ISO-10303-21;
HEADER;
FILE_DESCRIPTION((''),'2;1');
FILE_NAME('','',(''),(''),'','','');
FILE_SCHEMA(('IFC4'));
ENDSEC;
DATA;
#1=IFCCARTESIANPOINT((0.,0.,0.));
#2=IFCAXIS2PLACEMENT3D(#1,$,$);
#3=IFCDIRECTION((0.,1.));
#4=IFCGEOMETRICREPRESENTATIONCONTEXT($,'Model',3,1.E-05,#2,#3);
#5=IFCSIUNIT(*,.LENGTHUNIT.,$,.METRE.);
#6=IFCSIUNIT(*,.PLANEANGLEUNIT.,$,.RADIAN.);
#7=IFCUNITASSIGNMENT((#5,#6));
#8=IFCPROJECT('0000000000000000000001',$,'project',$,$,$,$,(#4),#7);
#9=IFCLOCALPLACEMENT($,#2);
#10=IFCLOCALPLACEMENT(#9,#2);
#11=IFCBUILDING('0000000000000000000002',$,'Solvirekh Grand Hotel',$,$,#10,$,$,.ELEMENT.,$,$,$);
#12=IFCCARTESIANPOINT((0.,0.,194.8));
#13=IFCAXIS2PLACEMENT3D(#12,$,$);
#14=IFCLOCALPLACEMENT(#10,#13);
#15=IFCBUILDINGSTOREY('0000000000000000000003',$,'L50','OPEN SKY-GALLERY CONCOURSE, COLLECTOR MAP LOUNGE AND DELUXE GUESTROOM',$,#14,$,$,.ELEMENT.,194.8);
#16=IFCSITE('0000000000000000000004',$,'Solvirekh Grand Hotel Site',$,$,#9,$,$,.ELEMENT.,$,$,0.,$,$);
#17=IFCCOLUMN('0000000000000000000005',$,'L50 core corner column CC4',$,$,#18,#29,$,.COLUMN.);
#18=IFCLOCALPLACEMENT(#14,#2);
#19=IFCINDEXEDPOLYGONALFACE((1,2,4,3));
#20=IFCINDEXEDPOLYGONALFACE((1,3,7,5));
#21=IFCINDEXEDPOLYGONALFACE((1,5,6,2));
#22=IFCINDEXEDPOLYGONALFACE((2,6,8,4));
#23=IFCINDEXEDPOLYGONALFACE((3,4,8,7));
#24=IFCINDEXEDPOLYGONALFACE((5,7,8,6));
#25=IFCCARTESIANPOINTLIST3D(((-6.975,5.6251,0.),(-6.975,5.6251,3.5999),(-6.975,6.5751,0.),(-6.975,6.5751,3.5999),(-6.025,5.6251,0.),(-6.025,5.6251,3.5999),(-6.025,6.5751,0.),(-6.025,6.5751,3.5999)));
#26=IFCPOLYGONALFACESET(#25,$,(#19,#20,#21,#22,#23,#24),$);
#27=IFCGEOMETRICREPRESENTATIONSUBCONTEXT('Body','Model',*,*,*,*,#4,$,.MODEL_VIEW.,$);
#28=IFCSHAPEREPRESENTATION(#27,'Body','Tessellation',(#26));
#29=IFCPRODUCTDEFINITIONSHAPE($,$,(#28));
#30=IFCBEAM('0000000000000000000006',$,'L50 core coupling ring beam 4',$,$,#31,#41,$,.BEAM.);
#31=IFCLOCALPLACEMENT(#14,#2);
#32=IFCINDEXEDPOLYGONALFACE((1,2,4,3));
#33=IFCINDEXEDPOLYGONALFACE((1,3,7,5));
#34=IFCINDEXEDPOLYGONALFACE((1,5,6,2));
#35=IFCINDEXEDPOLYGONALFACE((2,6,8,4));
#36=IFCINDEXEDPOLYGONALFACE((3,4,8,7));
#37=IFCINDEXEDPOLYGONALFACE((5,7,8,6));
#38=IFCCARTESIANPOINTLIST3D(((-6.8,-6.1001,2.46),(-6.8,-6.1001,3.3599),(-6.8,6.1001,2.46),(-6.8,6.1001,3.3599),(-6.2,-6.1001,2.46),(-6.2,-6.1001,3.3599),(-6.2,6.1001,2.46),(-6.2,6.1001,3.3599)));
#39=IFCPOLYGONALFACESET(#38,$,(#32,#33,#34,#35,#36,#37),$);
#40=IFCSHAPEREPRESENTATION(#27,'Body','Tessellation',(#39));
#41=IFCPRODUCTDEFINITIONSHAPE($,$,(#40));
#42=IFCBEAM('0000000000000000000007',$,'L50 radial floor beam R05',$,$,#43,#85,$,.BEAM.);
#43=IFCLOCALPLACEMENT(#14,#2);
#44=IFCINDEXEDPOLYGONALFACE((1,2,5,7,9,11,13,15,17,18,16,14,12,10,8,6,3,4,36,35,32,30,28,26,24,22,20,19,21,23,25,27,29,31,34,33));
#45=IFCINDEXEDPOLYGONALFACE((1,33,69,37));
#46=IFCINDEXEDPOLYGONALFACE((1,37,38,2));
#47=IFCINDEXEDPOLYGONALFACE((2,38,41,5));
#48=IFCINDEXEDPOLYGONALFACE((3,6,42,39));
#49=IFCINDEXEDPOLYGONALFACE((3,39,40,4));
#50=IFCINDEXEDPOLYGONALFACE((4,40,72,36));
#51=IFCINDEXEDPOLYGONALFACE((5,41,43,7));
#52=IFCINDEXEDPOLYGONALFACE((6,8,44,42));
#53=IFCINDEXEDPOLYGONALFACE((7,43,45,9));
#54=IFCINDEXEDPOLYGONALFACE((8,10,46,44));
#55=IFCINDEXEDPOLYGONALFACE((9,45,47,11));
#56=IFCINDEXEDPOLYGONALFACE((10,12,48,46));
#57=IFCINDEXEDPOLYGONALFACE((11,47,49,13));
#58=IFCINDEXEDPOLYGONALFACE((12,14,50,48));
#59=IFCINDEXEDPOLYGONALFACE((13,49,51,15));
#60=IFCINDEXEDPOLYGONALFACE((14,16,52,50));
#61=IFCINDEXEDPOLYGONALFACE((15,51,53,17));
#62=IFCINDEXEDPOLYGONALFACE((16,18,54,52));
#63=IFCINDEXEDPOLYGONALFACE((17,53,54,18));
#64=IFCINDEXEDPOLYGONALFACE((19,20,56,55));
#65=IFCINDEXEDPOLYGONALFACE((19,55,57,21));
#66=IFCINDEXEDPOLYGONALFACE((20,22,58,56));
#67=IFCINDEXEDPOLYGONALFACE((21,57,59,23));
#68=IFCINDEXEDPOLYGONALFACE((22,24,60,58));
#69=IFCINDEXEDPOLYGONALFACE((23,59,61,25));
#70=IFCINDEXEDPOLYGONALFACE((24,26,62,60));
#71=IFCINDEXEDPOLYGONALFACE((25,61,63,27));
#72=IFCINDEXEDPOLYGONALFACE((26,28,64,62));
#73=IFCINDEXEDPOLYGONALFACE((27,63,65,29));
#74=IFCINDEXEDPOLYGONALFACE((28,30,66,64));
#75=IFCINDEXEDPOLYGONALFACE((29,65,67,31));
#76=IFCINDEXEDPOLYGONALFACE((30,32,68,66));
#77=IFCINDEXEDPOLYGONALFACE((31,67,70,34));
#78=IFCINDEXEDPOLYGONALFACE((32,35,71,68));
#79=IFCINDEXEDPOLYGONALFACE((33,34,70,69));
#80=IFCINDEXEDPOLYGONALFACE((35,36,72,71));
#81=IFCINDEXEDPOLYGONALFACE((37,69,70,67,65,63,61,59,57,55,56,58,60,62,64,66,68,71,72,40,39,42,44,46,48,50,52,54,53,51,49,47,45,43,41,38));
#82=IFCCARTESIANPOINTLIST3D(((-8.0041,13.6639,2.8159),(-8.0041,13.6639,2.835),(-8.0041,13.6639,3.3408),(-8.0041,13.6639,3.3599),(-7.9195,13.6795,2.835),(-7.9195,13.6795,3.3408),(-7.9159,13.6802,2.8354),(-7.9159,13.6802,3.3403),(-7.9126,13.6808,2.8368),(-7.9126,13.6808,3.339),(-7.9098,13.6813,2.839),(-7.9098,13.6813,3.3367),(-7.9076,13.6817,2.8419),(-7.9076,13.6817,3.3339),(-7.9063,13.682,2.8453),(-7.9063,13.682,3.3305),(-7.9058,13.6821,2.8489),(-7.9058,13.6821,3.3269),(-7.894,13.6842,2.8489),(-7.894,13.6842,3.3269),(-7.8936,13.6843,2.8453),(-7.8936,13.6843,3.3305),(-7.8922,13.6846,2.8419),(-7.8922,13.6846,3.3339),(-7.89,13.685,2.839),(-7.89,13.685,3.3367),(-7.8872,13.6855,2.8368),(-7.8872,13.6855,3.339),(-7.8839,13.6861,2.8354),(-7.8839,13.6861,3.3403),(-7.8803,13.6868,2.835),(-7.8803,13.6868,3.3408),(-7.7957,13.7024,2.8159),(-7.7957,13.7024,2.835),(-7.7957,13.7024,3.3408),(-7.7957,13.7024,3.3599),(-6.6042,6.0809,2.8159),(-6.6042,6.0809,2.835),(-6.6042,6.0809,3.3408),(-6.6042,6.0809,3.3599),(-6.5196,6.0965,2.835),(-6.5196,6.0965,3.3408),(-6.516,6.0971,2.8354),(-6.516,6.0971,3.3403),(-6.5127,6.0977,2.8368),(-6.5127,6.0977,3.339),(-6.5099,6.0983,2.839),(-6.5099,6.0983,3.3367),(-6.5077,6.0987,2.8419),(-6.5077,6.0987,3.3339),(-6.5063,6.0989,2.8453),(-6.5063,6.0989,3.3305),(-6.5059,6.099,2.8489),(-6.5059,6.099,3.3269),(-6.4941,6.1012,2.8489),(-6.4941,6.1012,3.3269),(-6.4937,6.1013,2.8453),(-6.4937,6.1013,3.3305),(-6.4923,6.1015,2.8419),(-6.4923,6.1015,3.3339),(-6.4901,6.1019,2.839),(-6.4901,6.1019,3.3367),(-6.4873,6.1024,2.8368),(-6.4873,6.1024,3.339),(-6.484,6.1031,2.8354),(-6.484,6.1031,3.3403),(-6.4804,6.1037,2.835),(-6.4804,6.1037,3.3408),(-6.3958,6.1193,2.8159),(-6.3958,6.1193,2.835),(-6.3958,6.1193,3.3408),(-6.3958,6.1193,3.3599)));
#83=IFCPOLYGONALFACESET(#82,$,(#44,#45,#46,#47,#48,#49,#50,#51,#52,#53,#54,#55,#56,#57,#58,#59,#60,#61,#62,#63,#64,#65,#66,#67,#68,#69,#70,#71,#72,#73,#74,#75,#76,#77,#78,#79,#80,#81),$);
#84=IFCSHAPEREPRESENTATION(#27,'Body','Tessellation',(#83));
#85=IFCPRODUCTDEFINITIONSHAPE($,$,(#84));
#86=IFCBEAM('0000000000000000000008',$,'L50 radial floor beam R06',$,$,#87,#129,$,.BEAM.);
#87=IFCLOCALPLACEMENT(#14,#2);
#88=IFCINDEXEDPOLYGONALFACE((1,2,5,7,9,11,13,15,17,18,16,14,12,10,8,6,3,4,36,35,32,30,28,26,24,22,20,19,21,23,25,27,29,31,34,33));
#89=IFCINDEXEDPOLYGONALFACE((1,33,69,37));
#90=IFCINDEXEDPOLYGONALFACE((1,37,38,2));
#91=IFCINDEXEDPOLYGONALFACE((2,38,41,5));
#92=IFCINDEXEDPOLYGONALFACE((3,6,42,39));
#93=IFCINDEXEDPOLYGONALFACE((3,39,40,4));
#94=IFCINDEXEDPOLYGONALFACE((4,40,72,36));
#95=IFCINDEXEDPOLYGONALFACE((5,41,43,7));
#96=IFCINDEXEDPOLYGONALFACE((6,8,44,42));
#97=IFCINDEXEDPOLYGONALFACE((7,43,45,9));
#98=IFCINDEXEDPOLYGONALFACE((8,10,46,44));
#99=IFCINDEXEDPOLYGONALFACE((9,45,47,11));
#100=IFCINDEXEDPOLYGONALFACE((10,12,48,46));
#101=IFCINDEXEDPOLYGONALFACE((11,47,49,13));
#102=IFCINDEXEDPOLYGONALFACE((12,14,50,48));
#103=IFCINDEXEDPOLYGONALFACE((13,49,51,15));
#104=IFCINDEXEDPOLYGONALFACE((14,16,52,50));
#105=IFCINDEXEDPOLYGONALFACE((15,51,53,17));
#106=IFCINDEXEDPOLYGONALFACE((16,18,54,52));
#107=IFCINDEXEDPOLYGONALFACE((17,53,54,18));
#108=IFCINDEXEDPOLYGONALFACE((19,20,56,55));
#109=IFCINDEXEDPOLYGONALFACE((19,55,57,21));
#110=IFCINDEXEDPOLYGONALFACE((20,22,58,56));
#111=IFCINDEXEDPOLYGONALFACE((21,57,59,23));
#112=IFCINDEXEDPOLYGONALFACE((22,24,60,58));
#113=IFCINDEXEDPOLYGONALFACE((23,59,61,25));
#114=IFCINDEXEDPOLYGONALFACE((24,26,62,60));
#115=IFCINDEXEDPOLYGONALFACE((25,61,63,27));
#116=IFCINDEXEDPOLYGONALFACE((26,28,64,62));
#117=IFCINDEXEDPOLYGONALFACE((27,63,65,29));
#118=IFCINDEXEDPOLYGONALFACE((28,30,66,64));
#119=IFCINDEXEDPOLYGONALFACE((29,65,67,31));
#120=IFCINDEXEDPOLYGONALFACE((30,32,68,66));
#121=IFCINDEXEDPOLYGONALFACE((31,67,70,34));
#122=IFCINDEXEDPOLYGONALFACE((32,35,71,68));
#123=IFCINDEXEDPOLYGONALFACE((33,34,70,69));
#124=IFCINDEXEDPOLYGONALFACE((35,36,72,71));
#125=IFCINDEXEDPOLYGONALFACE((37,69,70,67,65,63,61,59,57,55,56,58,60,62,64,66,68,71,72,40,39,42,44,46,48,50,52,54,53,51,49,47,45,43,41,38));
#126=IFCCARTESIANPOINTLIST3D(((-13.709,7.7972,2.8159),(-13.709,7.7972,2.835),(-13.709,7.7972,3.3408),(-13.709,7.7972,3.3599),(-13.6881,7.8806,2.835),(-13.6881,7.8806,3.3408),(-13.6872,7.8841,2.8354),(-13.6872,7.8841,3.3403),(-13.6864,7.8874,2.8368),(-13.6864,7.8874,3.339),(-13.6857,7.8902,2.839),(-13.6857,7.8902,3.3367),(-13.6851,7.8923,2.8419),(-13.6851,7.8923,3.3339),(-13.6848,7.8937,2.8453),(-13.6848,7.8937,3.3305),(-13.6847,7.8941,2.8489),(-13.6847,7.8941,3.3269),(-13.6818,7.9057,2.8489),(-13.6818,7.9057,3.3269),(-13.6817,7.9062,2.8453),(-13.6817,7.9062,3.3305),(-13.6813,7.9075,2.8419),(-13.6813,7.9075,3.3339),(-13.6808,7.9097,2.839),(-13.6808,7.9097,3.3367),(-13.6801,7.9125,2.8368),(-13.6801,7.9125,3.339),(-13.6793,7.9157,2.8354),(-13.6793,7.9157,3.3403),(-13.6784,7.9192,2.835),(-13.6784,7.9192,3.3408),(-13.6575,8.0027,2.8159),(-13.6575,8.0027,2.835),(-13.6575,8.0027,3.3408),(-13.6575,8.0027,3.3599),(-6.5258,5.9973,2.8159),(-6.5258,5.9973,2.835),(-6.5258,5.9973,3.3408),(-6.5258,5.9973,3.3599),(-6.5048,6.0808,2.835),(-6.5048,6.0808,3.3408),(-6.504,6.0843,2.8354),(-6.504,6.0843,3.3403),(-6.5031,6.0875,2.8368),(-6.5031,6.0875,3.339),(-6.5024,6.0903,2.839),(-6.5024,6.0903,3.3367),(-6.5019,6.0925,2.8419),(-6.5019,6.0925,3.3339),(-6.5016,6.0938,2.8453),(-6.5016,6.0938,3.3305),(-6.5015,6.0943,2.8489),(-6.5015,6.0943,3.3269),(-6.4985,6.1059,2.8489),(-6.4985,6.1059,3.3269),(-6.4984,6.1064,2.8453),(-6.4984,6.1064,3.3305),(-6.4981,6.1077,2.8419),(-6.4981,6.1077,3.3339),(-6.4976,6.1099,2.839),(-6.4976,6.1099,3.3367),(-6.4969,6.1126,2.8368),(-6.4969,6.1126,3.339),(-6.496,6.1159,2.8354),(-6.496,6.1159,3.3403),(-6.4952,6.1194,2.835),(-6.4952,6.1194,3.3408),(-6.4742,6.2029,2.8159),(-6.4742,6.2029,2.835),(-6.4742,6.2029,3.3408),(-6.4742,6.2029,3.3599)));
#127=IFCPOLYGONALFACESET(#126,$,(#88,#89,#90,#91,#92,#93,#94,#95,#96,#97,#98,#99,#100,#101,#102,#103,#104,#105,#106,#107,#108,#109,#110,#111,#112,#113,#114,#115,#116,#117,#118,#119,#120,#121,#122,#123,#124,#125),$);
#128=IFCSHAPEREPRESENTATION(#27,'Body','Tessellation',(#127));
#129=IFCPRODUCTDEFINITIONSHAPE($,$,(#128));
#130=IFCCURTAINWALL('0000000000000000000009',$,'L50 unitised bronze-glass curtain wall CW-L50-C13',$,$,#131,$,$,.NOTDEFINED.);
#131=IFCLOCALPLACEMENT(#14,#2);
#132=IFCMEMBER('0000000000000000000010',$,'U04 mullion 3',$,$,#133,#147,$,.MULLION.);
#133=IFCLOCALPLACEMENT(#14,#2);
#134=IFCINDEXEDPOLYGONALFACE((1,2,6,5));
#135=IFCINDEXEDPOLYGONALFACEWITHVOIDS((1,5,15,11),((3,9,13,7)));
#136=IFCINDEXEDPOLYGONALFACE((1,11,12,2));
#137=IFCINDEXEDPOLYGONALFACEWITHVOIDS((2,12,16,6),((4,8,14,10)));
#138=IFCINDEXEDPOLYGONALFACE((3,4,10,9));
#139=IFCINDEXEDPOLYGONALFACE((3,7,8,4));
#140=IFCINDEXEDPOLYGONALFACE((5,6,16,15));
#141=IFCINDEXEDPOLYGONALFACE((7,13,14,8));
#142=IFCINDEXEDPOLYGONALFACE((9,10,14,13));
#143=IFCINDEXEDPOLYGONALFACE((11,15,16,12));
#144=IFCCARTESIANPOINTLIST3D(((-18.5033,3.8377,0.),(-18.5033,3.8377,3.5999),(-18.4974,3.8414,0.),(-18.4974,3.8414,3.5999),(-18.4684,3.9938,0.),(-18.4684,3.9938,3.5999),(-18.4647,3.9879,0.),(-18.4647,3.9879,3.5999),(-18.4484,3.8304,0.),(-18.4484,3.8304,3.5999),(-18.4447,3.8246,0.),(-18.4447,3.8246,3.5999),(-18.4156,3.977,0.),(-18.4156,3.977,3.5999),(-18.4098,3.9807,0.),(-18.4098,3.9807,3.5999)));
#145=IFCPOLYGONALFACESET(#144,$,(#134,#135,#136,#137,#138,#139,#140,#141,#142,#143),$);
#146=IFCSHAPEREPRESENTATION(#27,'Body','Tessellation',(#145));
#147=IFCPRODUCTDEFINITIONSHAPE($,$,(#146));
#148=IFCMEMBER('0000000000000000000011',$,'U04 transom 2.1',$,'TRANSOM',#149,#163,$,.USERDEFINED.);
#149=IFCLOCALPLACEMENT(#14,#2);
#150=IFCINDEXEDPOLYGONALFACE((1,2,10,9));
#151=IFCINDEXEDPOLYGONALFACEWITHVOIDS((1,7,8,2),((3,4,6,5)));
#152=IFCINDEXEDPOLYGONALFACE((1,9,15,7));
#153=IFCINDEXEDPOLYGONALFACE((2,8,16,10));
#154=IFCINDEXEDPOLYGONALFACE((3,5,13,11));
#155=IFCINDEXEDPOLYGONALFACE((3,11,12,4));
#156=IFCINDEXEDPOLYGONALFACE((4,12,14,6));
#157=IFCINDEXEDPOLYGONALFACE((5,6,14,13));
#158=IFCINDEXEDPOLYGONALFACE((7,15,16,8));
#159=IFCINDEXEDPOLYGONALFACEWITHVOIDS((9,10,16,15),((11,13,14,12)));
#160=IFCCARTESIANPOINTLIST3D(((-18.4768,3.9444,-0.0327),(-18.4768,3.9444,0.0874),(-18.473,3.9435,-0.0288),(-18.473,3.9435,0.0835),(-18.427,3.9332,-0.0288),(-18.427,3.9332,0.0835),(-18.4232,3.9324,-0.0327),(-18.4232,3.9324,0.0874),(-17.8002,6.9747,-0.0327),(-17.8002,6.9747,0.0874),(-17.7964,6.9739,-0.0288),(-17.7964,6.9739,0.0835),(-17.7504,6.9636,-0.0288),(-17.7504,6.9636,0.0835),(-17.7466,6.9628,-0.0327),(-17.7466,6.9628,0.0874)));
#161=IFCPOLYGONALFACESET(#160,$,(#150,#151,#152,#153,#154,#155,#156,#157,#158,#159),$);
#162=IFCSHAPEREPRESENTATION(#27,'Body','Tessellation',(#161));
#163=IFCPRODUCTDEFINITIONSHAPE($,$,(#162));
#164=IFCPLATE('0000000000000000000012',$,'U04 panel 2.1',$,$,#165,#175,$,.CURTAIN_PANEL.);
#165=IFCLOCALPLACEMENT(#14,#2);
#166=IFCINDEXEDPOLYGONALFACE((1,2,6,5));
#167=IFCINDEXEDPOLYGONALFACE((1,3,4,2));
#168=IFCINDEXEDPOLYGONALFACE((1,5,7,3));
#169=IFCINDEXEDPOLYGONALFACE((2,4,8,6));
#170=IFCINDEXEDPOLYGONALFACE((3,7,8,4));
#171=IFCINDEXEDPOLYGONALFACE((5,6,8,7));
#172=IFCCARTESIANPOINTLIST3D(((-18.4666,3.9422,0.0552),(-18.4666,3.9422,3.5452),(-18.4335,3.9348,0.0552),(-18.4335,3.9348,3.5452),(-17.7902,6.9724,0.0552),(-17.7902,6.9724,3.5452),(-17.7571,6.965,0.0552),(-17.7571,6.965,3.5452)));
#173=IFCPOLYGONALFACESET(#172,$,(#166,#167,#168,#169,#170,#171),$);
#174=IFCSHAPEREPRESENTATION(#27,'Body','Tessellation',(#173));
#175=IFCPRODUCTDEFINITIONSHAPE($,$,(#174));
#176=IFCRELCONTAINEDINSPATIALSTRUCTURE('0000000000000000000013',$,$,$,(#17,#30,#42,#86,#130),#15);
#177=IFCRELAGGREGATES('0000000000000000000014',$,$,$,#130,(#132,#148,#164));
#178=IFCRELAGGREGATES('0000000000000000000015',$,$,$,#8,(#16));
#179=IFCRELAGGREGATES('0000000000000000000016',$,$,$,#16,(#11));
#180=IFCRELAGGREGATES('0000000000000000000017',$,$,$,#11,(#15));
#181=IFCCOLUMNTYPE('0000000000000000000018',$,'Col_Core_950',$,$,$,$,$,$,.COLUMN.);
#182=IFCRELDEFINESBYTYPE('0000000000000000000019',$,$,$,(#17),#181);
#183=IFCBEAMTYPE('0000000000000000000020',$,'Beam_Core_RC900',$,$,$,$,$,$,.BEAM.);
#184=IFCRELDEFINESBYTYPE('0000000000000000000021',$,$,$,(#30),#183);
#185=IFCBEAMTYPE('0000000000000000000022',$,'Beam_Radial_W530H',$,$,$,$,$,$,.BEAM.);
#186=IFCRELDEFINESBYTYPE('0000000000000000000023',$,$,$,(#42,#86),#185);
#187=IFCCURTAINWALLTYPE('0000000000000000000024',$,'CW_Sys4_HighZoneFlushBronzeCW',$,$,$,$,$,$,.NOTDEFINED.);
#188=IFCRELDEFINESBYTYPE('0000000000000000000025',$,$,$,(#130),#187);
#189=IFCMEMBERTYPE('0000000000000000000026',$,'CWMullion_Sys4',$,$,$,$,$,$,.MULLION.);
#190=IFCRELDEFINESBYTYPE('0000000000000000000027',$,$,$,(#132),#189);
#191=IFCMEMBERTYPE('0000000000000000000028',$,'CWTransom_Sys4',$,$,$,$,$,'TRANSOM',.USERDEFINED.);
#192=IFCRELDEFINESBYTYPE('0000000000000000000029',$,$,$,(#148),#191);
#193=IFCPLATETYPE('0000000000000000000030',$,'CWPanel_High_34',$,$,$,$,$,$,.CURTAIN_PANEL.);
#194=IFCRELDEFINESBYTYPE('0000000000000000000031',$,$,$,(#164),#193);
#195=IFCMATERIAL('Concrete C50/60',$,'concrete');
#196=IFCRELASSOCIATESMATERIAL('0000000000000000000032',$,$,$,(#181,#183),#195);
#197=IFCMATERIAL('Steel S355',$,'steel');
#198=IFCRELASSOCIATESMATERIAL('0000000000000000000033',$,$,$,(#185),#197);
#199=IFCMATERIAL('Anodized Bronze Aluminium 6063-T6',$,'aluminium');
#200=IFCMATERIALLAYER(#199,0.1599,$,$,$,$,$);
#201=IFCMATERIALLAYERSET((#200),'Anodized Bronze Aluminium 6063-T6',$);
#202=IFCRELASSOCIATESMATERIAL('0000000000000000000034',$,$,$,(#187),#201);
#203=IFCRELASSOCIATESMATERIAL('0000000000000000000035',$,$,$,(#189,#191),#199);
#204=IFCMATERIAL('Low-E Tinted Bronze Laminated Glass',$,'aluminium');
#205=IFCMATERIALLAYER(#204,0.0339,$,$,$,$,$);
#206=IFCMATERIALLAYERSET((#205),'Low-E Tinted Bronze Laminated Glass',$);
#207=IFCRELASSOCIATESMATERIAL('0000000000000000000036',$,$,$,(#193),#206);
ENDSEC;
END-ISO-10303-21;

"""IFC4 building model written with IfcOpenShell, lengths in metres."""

from ifc_helpers import new_model, si_unit, direction, frame, origin, origin_2d, place, context, subcontext, project, spatial, rectangle, hollow_rectangle, i_section, extrude, source, transform, mapped, material, layer, layer_set, material_profile, profile_set, type_object, element, aggregate, save


model = new_model("IFC4")

# Units and contexts
model_context = context("Model", 3, precision=1e-05, world=origin(), true_north=direction((0.0, 1.0)))
body_context = subcontext(model_context, "Body", "Model", "MODEL_VIEW")
ifc_project = project(units=[si_unit("LENGTHUNIT", "METRE"), si_unit("PLANEANGLEUNIT", "RADIAN")], contexts=[model_context])

# Site, building, storey
site_placement = place(None, origin())
site = spatial("IfcSite", under=ifc_project, at=site_placement, Name="Solvirekh Grand Hotel Site", CompositionType="ELEMENT", RefElevation=0.0)
building_placement = place(site_placement, origin())
building = spatial("IfcBuilding", under=site, at=building_placement, Name="Solvirekh Grand Hotel", CompositionType="ELEMENT")
storey_placement = place(building_placement, frame((0.0, 0.0, 194.8)))
storey = spatial("IfcBuildingStorey", under=building, at=storey_placement, Name="L50", Description="OPEN SKY-GALLERY CONCOURSE, COLLECTOR MAP LOUNGE AND DELUXE GUESTROOM", CompositionType="ELEMENT", Elevation=194.8)

# Column
ifc_material_1 = material(Name="Concrete C50/60", Category="concrete")
ifc_material_profile_1 = material_profile(ifc_material_1, rectangle(XDim=0.95, YDim=0.95, at=origin_2d()), Name="RC 950X950")
ifc_profile_set_1 = profile_set([ifc_material_profile_1], Name="Concrete C50/60")
column_type = type_object("IfcColumnType", Name="Col_Core_950", PredefinedType="COLUMN", material=ifc_profile_set_1)
column_placement = place(storey_placement, frame((-6.5, 6.1001, 0.0), z_axis=(0.0, 0.0, 1.0), x_axis=(1.0, 0.0, 0.0)))
element("IfcColumn", 1, at=column_placement, inside=storey, type_object=column_type, Name="L50 core corner column CC4", PredefinedType="COLUMN", context=body_context, shape_type="SweptSolid", body=[
    extrude(rectangle(XDim=0.95, YDim=0.95, at=origin_2d()), origin(), (0.0, 0.0, 1.0), 3.5999),
])

# Beams
ifc_material_profile_2 = material_profile(ifc_material_1, rectangle(XDim=0.6001, YDim=0.8999, at=origin_2d()), Name="RC BEAM 600X900")
ifc_profile_set_2 = profile_set([ifc_material_profile_2], Name="Concrete C50/60")
beam_type_1 = type_object("IfcBeamType", Name="Beam_Core_RC900", PredefinedType="BEAM", material=ifc_profile_set_2)
beam_1_placement = place(storey_placement, frame((-6.5, 6.1001, 2.9099), z_axis=(0.0, -1.0, 0.0), x_axis=(1.0, 0.0, 0.0)))
element("IfcBeam", 2, at=beam_1_placement, inside=storey, type_object=beam_type_1, Name="L50 core coupling ring beam 4", PredefinedType="BEAM", context=body_context, shape_type="SweptSolid", body=[
    extrude(rectangle(XDim=0.6001, YDim=0.8999, at=origin_2d()), origin(), (0.0, 0.0, 1.0), 12.2002),
])
ifc_material_2 = material(Name="Steel S355", Category="steel")
ifc_material_profile_3 = material_profile(ifc_material_2, i_section(OverallWidth=0.2119, OverallDepth=0.5439, WebThickness=0.012, FlangeThickness=0.019, FilletRadius=0.0139, at=origin_2d()), Name="W530X123")
ifc_profile_set_3 = profile_set([ifc_material_profile_3], Name="Steel S355")
beam_type_2 = type_object("IfcBeamType", Name="Beam_Radial_W530H", PredefinedType="BEAM", material=ifc_profile_set_3)
beam_2_placement = place(storey_placement, frame((-6.5, 6.1001, 3.0879), z_axis=(-0.181543, 0.983383, 0.0), x_axis=(-0.983383, -0.181543, 0.0)))
element("IfcBeam", 3, at=beam_2_placement, inside=storey, type_object=beam_type_2, Name="L50 radial floor beam R05", PredefinedType="BEAM", context=body_context, shape_type="SweptSolid", body=[
    extrude(i_section(OverallWidth=0.2119, OverallDepth=0.5439, WebThickness=0.012, FlangeThickness=0.019, FilletRadius=0.0139, at=origin_2d()), origin(), (0.0, 0.0, 1.0), 7.7112),
])
beam_3_placement = place(storey_placement, frame((-6.5, 6.1001, 3.0879), z_axis=(-0.970014, 0.243048, 0.0), x_axis=(-0.243048, -0.970014, 0.0)))
element("IfcBeam", 4, at=beam_3_placement, inside=storey, type_object=beam_type_2, Name="L50 radial floor beam R06", PredefinedType="BEAM", context=body_context, shape_type="SweptSolid", body=[
    extrude(i_section(OverallWidth=0.2119, OverallDepth=0.5439, WebThickness=0.012, FlangeThickness=0.019, FilletRadius=0.0139, at=origin_2d()), origin(), (0.0, 0.0, 1.0), 7.4053),
])

# Curtain wall, members, plate
ifc_material_3 = material(Name="Anodized Bronze Aluminium 6063-T6", Category="aluminium")
ifc_layer_1 = layer(ifc_material_3, 0.1599)
ifc_layer_set_1 = layer_set([ifc_layer_1], Name="Anodized Bronze Aluminium 6063-T6")
curtain_wall_type = type_object("IfcCurtainWallType", Name="CW_Sys4_HighZoneFlushBronzeCW", PredefinedType="NOTDEFINED", material=ifc_layer_set_1)
curtain_wall_placement = place(storey_placement, origin())
curtain_wall = element("IfcCurtainWall", 5, at=curtain_wall_placement, inside=storey, type_object=curtain_wall_type, Name="L50 unitised bronze-glass curtain wall CW-L50-C13", PredefinedType="NOTDEFINED")
ifc_material_profile_4 = material_profile(ifc_material_3, hollow_rectangle(XDim=0.0601, YDim=0.1599, WallThickness=0.0049, at=origin_2d()), Name="ALU RHS 160X60X5")
ifc_profile_set_4 = profile_set([ifc_material_profile_4], Name="Anodized Bronze Aluminium 6063-T6")
member_type_1 = type_object("IfcMemberType", Name="CWMullion_Sys4", PredefinedType="MULLION", material=ifc_profile_set_4)
shared_shape_1 = source(origin(), body_context, "Body", "SweptSolid", [
    extrude(hollow_rectangle(XDim=0.0601, YDim=0.1599, WallThickness=0.0049, at=origin_2d()), origin(), (0.0, 0.0, 1.0), 3.5999),
])
member_1_placement = place(storey_placement, frame((-18.4565, 3.9092, 0.0), z_axis=(0.0, 0.0, 1.0), x_axis=(0.97598, -0.217858, 0.0)))
member_1 = element("IfcMember", 6, at=member_1_placement, type_object=member_type_1, Name="U04 mullion 3", PredefinedType="MULLION", context=body_context, shape_type="MappedRepresentation", body=[
    mapped(shared_shape_1, transform((0.0, 0.0, 0.0), x_axis=(1.0, 0.0, 0.0), y_axis=(0.0, 1.0, 0.0), z_axis=(0.0, 0.0, 1.0), scale=1.0)),
])
ifc_material_profile_5 = material_profile(ifc_material_3, hollow_rectangle(XDim=0.0549, YDim=0.1201, WallThickness=0.0039, at=origin_2d()), Name="ALU RHS 120X55X4")
ifc_profile_set_5 = profile_set([ifc_material_profile_5], Name="Anodized Bronze Aluminium 6063-T6")
member_type_2 = type_object("IfcMemberType", Name="CWTransom_Sys4", ElementType="TRANSOM", PredefinedType="USERDEFINED", material=ifc_profile_set_5)
shared_shape_2 = source(origin(), body_context, "Body", "SweptSolid", [
    extrude(hollow_rectangle(XDim=0.0549, YDim=0.1201, WallThickness=0.0039, at=origin_2d()), origin(), (0.0, 0.0, 1.0), 3.105),
])
member_2_placement = place(storey_placement, frame((-17.7734, 6.9688, 0.0273), z_axis=(-0.217888, -0.975974, 0.0), x_axis=(0.975974, -0.217888, 0.0)))
member_2 = element("IfcMember", 7, at=member_2_placement, type_object=member_type_2, Name="U04 transom 2.1", ObjectType="TRANSOM", PredefinedType="USERDEFINED", context=body_context, shape_type="MappedRepresentation", body=[
    mapped(shared_shape_2, transform((0.0, 0.0, 0.0), x_axis=(1.0, 0.0, 0.0), y_axis=(0.0, 1.0, 0.0), z_axis=(0.0, 0.0, 1.0), scale=1.0)),
])
ifc_material_4 = material(Name="Low-E Tinted Bronze Laminated Glass", Category="aluminium")
ifc_layer_2 = layer(ifc_material_4, 0.0339)
ifc_layer_set_2 = layer_set([ifc_layer_2], Name="Low-E Tinted Bronze Laminated Glass")
plate_type = type_object("IfcPlateType", Name="CWPanel_High_34", PredefinedType="CURTAIN_PANEL", material=ifc_layer_set_2)
shared_shape_3 = source(origin(), body_context, "Body", "SweptSolid", [
    extrude(rectangle(XDim=3.1047, YDim=0.0339, at=origin_2d()), origin(), (0.0, 0.0, 1.0), 3.49),
])
plate_placement = place(storey_placement, frame((-18.1118, 5.4536, 0.0552), z_axis=(0.0, 0.0, 1.0), x_axis=(-0.217858, -0.97598, 0.0)))
plate = element("IfcPlate", 8, at=plate_placement, type_object=plate_type, Name="U04 panel 2.1", PredefinedType="CURTAIN_PANEL", context=body_context, shape_type="MappedRepresentation", body=[
    mapped(shared_shape_3, transform((0.0, 0.0, 0.0), x_axis=(1.0, 0.0, 0.0), y_axis=(0.0, 1.0, 0.0), z_axis=(0.0, 0.0, 1.0), scale=1.0)),
])
aggregate(curtain_wall, [member_1, member_2, plate])

save(model, "model.ifc")
